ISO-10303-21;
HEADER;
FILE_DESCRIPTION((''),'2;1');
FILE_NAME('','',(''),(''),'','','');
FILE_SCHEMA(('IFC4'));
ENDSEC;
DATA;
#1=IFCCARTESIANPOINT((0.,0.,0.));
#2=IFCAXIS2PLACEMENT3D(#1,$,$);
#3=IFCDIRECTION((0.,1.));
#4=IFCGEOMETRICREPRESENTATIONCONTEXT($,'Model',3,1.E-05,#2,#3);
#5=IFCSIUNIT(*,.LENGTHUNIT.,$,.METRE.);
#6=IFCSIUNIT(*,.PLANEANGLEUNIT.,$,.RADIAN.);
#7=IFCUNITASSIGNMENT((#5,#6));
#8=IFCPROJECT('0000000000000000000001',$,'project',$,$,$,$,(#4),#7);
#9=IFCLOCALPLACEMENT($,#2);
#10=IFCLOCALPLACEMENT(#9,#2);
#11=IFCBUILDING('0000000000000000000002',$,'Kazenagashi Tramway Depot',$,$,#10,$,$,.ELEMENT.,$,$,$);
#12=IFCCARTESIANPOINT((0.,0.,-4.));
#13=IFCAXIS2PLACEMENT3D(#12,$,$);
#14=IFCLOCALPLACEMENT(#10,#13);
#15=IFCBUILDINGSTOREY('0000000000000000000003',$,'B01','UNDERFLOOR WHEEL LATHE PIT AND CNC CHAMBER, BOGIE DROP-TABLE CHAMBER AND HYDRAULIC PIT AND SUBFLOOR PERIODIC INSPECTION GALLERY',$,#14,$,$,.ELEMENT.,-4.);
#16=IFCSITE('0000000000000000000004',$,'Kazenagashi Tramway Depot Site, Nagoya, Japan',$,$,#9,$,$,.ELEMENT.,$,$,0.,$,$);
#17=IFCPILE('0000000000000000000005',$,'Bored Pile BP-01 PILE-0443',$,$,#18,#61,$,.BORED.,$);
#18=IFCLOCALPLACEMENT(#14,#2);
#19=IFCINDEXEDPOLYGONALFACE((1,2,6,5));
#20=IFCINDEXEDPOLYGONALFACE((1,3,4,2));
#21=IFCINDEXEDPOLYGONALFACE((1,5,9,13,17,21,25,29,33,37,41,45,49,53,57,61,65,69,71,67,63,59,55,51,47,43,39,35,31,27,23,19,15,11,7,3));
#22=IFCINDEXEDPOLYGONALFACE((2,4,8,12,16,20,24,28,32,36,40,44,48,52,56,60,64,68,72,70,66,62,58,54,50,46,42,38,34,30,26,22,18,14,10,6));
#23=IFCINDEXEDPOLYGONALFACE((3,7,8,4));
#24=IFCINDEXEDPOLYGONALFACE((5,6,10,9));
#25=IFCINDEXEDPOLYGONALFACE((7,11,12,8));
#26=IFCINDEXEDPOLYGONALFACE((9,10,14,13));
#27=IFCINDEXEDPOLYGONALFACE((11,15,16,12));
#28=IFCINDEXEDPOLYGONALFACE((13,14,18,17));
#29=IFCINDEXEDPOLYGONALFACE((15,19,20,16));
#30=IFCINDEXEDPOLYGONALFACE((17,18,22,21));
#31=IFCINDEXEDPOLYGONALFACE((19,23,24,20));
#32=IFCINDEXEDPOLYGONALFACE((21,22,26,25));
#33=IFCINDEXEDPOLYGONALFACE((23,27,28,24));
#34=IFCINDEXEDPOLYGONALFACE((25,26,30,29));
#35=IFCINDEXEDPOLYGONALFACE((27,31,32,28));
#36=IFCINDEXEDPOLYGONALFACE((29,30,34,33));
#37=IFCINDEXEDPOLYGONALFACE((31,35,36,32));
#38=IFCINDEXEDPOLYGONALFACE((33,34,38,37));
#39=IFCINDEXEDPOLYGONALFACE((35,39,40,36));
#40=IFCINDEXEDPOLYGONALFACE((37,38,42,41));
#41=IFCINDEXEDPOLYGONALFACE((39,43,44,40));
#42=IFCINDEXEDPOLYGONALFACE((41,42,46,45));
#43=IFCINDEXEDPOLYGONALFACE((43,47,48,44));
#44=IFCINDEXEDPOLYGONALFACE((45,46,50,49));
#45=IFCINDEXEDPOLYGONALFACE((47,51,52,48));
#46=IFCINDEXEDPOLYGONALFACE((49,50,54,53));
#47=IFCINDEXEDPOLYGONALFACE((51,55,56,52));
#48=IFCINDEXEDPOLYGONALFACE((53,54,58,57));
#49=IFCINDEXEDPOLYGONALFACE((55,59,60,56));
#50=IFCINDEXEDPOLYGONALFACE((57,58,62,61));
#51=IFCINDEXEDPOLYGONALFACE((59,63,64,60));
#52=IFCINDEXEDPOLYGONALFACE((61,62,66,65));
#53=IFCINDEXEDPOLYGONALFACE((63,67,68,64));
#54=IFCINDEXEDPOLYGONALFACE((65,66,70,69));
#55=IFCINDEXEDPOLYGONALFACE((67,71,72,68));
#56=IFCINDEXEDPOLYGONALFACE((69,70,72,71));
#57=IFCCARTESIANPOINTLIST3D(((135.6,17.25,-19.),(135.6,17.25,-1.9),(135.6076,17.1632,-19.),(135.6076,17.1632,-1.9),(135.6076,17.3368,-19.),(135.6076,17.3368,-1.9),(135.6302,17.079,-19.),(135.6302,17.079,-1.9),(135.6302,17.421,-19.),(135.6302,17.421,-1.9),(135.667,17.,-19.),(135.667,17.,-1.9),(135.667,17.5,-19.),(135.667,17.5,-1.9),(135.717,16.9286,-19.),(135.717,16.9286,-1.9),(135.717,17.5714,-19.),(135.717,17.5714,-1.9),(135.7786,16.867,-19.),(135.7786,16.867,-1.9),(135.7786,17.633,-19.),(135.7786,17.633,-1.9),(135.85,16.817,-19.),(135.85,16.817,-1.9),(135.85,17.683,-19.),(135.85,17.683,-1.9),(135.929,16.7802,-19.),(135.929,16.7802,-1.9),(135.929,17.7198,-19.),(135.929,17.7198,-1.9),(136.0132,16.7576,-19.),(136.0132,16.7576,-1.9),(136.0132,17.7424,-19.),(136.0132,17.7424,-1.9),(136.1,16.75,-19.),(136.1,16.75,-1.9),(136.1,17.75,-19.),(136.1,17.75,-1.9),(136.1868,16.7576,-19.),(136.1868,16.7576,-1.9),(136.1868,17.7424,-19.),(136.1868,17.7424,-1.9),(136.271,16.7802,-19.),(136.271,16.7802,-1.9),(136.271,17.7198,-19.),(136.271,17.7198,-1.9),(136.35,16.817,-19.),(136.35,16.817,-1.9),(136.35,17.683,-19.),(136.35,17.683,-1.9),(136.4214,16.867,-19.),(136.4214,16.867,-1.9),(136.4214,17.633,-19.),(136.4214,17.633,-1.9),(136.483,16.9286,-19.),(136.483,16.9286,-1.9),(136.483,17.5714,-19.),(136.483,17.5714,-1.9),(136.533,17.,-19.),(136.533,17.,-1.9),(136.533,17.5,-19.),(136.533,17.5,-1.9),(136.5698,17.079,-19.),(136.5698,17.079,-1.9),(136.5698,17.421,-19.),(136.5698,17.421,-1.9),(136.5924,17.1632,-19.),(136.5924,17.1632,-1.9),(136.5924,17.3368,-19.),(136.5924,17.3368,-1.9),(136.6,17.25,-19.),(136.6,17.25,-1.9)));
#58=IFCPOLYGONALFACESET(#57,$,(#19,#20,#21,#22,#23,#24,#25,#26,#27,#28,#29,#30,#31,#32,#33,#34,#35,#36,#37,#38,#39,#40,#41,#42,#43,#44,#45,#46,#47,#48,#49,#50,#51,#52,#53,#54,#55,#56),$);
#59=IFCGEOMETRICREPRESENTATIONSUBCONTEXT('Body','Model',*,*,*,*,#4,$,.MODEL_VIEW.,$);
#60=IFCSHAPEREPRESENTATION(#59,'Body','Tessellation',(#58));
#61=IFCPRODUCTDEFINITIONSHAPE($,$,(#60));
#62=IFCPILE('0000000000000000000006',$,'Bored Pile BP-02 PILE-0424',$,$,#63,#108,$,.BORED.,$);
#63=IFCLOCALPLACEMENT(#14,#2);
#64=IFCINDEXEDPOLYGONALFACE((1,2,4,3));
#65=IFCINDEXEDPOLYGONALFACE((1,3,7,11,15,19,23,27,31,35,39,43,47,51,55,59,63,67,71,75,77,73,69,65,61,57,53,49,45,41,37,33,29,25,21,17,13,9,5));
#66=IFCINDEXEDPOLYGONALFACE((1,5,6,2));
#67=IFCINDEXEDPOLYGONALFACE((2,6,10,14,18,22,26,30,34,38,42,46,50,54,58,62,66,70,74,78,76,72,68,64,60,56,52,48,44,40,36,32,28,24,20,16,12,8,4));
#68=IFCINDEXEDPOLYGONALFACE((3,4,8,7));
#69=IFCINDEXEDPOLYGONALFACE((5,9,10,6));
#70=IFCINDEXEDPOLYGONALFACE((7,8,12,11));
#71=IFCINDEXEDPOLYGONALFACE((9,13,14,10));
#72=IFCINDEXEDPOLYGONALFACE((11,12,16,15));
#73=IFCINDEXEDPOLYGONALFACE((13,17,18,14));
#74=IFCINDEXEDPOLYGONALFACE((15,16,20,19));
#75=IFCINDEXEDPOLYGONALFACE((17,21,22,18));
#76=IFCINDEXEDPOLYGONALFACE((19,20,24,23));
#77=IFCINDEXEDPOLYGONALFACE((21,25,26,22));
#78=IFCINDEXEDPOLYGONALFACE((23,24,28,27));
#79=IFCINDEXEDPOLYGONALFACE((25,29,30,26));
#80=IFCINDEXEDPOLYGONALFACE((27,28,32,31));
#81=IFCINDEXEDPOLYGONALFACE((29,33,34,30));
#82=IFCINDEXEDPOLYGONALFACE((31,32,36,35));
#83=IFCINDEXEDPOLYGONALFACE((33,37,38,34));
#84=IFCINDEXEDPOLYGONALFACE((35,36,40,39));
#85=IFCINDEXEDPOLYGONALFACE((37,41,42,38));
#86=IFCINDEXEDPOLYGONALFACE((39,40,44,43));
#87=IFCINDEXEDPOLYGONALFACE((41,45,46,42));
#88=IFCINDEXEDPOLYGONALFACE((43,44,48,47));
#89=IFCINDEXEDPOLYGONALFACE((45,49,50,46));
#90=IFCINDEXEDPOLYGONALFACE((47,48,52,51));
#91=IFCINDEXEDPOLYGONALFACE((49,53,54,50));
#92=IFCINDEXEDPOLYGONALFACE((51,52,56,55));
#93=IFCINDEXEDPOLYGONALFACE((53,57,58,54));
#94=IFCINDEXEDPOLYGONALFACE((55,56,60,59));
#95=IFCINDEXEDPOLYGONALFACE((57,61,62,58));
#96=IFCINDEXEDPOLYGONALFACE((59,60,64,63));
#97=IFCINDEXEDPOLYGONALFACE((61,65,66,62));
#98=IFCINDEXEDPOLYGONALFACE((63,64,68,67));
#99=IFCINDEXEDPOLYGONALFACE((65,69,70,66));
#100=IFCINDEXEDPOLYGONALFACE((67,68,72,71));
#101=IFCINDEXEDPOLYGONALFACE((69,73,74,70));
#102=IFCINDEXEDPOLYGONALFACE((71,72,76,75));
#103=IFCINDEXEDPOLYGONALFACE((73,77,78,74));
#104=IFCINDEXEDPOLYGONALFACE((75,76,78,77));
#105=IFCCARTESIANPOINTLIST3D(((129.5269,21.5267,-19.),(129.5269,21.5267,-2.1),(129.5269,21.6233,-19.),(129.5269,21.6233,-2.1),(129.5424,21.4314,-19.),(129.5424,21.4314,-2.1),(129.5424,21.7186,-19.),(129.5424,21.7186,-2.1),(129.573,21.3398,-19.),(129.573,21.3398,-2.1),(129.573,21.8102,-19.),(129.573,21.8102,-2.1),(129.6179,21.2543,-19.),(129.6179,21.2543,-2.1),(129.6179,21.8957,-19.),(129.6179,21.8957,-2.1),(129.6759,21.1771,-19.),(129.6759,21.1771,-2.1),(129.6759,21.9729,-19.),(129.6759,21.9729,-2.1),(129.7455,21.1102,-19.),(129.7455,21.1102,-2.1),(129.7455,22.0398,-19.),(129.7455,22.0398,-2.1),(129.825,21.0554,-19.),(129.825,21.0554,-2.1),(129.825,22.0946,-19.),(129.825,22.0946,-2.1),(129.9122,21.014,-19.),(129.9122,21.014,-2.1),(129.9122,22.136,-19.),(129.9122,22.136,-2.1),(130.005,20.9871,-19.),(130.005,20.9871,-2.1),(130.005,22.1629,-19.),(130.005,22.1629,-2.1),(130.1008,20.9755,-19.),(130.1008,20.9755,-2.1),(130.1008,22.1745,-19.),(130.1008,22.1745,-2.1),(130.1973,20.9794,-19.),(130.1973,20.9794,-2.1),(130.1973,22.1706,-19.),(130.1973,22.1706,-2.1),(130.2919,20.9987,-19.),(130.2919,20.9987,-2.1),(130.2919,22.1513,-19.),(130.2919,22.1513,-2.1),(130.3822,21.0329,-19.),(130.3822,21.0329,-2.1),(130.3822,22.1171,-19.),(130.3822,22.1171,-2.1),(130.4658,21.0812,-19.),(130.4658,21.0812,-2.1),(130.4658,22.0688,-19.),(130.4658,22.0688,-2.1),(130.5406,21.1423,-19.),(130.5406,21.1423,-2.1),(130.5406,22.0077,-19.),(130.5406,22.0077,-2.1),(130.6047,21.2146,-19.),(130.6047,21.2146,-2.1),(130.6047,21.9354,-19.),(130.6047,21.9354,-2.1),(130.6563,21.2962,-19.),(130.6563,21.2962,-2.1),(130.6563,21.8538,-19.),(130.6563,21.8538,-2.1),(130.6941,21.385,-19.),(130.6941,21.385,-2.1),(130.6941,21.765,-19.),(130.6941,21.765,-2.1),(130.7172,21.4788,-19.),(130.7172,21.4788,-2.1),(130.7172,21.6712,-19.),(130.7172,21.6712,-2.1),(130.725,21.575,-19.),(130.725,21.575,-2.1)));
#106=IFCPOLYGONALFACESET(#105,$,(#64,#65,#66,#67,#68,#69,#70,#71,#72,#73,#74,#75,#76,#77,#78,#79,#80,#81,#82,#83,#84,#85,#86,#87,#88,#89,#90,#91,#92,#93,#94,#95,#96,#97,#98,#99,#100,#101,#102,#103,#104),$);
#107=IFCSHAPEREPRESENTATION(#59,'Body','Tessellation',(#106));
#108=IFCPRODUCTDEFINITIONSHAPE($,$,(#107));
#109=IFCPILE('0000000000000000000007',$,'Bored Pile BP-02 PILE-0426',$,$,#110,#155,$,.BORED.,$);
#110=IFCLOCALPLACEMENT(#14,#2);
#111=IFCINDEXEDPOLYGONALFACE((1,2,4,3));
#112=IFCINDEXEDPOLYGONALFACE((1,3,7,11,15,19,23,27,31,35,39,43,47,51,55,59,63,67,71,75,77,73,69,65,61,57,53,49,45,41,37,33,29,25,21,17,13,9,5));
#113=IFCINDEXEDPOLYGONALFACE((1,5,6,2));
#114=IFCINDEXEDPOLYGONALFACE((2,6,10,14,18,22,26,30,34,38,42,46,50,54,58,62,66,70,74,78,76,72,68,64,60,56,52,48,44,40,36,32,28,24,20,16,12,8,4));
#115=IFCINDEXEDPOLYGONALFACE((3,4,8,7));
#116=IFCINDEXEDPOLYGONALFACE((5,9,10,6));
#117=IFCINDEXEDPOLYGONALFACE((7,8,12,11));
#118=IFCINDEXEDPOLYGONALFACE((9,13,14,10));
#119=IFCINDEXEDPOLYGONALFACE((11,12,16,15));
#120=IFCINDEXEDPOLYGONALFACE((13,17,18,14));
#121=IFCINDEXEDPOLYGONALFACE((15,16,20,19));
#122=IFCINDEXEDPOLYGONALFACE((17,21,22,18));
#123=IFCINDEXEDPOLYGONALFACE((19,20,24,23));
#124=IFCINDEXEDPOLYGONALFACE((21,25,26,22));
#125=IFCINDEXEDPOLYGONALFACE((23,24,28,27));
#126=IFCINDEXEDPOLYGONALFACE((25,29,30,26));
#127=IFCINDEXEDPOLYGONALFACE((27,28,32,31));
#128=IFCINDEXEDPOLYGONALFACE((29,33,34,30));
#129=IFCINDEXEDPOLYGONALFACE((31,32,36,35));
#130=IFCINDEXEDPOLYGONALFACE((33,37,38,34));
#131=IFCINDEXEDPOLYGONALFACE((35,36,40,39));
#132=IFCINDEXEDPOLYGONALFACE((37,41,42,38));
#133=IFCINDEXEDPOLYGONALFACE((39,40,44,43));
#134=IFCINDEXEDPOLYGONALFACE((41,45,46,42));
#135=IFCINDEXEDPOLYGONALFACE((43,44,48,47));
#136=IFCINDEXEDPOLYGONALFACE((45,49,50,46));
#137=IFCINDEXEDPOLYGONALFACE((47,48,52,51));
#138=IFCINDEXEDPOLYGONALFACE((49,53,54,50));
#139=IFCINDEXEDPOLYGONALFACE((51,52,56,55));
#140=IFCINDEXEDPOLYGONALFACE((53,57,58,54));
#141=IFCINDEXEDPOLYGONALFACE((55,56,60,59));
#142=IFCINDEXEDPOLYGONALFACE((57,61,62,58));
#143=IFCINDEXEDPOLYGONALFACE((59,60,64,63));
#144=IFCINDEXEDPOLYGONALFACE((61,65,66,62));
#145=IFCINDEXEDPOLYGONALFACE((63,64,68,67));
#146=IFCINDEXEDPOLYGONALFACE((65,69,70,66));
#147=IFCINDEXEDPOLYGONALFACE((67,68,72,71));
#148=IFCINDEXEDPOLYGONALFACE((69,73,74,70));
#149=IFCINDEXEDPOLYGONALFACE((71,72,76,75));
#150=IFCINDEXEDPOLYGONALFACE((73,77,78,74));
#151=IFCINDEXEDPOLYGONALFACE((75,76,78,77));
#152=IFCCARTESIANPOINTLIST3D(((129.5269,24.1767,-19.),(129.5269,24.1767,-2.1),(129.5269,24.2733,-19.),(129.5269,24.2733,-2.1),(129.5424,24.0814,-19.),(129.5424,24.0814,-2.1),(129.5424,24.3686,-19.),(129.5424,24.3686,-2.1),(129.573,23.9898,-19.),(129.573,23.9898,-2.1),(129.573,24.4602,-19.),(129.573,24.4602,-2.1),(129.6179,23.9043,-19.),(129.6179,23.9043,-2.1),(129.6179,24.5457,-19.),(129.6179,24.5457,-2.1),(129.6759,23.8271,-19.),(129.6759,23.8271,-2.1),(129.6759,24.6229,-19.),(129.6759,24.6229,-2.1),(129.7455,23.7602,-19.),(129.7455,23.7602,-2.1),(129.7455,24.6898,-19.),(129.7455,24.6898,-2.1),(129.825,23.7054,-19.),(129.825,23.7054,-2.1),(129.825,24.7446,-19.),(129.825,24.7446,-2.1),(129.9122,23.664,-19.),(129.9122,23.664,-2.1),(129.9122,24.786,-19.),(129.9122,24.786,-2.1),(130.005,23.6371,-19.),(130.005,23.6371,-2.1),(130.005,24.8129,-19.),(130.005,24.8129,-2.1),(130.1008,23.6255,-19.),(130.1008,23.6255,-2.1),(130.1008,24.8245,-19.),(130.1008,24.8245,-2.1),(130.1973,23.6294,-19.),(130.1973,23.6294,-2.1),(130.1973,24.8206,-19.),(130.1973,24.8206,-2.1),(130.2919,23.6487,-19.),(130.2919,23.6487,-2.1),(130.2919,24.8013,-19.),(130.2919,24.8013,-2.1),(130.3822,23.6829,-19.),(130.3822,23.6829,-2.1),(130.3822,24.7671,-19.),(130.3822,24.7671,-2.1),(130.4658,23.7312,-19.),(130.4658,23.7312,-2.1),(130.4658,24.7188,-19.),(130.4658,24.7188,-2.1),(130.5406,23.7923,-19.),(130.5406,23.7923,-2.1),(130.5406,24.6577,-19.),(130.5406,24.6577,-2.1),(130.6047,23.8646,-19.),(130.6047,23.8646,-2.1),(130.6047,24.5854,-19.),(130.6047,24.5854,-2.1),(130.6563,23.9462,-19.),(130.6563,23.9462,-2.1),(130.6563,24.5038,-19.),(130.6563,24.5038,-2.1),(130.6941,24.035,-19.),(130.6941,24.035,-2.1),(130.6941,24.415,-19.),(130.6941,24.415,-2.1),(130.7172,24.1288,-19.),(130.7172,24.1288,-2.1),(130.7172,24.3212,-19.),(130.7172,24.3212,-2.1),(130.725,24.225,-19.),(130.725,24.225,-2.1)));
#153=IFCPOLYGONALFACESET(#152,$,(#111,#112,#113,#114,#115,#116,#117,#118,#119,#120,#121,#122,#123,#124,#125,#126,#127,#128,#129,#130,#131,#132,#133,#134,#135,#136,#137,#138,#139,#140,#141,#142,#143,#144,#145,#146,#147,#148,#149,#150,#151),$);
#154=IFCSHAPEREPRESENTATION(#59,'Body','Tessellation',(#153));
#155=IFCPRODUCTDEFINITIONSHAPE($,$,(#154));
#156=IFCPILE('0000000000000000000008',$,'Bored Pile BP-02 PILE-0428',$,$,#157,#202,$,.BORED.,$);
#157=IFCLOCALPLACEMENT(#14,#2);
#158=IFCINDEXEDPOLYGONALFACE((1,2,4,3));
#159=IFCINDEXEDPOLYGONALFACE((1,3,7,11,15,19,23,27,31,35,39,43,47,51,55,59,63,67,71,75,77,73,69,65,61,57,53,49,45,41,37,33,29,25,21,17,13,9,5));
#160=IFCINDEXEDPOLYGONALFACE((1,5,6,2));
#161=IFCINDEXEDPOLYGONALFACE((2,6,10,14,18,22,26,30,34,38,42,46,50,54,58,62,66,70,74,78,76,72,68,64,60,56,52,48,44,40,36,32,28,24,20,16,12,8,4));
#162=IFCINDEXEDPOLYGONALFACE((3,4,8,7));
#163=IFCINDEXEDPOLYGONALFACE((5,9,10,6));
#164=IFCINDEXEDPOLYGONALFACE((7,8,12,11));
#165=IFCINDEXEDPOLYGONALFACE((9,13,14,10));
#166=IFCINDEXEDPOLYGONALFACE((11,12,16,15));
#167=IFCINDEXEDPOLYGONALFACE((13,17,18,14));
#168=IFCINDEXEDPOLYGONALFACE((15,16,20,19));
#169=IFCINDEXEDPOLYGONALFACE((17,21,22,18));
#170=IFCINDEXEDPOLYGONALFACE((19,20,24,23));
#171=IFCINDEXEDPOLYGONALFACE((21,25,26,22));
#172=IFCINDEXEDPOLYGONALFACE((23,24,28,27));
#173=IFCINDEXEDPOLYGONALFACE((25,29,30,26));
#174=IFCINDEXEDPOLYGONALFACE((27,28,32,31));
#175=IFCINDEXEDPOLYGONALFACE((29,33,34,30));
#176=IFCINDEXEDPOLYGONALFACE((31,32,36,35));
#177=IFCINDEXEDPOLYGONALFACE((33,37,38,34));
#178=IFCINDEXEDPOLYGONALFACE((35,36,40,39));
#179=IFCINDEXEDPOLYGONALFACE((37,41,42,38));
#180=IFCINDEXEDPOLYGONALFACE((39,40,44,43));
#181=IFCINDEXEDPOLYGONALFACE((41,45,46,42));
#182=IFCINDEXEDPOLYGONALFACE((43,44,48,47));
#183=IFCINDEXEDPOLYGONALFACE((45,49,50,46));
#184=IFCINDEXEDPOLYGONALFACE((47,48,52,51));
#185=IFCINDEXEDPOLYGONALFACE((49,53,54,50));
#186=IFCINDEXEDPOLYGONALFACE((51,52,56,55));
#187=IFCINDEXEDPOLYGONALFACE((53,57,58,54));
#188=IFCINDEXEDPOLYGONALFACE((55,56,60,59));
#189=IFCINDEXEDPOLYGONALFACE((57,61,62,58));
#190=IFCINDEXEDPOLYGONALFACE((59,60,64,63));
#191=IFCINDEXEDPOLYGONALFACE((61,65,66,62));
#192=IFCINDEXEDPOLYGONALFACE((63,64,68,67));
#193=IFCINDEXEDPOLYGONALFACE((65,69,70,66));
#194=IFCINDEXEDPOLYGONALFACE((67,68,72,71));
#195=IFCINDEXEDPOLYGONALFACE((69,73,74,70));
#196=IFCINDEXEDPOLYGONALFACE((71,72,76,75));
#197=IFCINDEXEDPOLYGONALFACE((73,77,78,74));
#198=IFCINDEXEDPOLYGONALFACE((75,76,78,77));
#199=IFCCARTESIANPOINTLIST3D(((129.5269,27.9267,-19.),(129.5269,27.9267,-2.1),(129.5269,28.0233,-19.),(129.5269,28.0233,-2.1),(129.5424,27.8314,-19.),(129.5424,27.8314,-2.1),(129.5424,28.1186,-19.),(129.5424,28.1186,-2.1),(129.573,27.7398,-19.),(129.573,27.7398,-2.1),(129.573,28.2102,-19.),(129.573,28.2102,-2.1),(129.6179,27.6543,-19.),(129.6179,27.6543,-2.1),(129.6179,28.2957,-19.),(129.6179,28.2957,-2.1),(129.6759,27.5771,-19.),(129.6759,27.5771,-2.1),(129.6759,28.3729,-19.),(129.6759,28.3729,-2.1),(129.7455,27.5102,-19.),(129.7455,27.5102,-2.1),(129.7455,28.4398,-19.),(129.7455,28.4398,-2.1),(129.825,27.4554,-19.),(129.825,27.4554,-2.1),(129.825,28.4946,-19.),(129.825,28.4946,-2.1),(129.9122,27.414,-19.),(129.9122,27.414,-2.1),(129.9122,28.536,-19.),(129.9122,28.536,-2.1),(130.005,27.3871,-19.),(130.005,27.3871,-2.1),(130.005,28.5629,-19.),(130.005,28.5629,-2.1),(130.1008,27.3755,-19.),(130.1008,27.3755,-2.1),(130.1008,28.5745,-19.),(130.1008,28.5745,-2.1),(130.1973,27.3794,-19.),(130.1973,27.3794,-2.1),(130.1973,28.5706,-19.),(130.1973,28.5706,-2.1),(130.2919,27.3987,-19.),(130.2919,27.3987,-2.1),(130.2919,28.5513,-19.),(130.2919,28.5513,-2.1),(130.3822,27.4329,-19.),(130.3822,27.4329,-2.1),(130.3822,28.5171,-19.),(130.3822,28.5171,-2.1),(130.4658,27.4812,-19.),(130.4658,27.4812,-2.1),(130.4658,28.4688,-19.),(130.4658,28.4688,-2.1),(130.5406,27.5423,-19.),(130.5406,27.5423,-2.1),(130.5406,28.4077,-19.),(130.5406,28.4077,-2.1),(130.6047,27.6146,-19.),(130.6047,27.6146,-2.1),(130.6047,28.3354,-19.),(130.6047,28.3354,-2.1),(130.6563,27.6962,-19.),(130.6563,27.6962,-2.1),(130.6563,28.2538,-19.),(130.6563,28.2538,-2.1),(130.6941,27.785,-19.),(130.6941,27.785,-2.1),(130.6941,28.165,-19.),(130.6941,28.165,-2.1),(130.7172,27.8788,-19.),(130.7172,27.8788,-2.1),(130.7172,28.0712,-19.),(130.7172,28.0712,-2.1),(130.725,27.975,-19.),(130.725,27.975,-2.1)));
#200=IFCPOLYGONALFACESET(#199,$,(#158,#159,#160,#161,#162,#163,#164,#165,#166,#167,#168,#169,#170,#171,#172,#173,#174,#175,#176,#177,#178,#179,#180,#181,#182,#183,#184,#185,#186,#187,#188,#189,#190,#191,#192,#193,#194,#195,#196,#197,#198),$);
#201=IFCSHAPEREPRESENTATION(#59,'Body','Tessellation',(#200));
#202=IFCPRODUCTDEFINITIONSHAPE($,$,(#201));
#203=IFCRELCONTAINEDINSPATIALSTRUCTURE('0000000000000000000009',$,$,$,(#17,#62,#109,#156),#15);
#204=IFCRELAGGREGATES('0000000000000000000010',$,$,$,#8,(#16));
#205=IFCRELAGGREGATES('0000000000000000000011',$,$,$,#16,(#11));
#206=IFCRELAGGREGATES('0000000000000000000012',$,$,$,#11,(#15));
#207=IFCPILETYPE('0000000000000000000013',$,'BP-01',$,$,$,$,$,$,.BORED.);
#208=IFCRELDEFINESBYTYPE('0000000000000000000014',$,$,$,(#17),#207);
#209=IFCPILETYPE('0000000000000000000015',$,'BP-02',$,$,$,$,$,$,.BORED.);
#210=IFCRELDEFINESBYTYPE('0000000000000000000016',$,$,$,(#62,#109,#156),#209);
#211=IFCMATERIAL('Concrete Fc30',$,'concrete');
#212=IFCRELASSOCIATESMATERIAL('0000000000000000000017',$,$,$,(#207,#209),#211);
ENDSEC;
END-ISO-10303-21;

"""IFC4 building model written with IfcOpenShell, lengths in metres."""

from ifc_helpers import new_model, si_unit, direction, frame, origin, origin_2d, place, context, subcontext, project, spatial, circle, extrude, material, material_profile, profile_set, type_object, element, save


model = new_model("IFC4")

# Units and contexts
model_context = context("Model", 3, precision=1e-05, world=origin(), true_north=direction((0.0, 1.0)))
body_context = subcontext(model_context, "Body", "Model", "MODEL_VIEW")
ifc_project = project(units=[si_unit("LENGTHUNIT", "METRE"), si_unit("PLANEANGLEUNIT", "RADIAN")], contexts=[model_context])

# Site, building, storey
site_placement = place(None, origin())
site = spatial("IfcSite", under=ifc_project, at=site_placement, Name="Kazenagashi Tramway Depot Site, Nagoya, Japan", CompositionType="ELEMENT", RefElevation=0.0)
building_placement = place(site_placement, origin())
building = spatial("IfcBuilding", under=site, at=building_placement, Name="Kazenagashi Tramway Depot", CompositionType="ELEMENT")
storey_placement = place(building_placement, frame((0.0, 0.0, -4.0)))
storey = spatial("IfcBuildingStorey", under=building, at=storey_placement, Name="B01", Description="UNDERFLOOR WHEEL LATHE PIT AND CNC CHAMBER, BOGIE DROP-TABLE CHAMBER AND HYDRAULIC PIT AND SUBFLOOR PERIODIC INSPECTION GALLERY", CompositionType="ELEMENT", Elevation=-4.0)

# Piles
ifc_material_1 = material(Name="Concrete Fc30", Category="concrete")
ifc_material_profile_1 = material_profile(ifc_material_1, circle(Radius=0.5, at=origin_2d()), Name="PILE-1000")
ifc_profile_set_1 = profile_set([ifc_material_profile_1], Name="Concrete Fc30")
pile_type_1 = type_object("IfcPileType", Name="BP-01", PredefinedType="BORED", material=ifc_profile_set_1)
pile_placement = place(storey_placement, frame((136.1, 17.25, -1.9), z_axis=(0.0, 0.0, -1.0), x_axis=(1.0, 0.0, 0.0)))
element("IfcPile", 1, at=pile_placement, inside=storey, type_object=pile_type_1, Name="Bored Pile BP-01 PILE-0443", PredefinedType="BORED", context=body_context, shape_type="SweptSolid", body=[
    extrude(circle(Radius=0.5, at=origin_2d()), origin(), (0.0, 0.0, 1.0), 17.1),
])
ifc_material_profile_2 = material_profile(ifc_material_1, circle(Radius=0.6, at=origin_2d()), Name="PILE-1200")
ifc_profile_set_2 = profile_set([ifc_material_profile_2], Name="Concrete Fc30")
pile_type_2 = type_object("IfcPileType", Name="BP-02", PredefinedType="BORED", material=ifc_profile_set_2)
for number, where, z_axis, x_axis, name in (
    (2, (130.125, 21.575, -2.1), (0.0, 0.0, -1.0), (1.0, 0.0, 0.0), "Bored Pile BP-02 PILE-0424"),
    (3, (130.125, 24.225, -2.1), (0.0, 0.0, -1.0), (1.0, 0.0, 0.0), "Bored Pile BP-02 PILE-0426"),
    (4, (130.125, 27.975, -2.1), (0.0, 0.0, -1.0), (1.0, 0.0, 0.0), "Bored Pile BP-02 PILE-0428"),
):
    element("IfcPile", number, at=place(storey_placement, frame(where, z_axis=z_axis, x_axis=x_axis)), inside=storey, type_object=pile_type_2, Name=name, PredefinedType="BORED", context=body_context, shape_type="SweptSolid", body=[
        extrude(circle(Radius=0.6, at=origin_2d()), origin(), (0.0, 0.0, 1.0), 16.9),
    ])

save(model, "model.ifc")
